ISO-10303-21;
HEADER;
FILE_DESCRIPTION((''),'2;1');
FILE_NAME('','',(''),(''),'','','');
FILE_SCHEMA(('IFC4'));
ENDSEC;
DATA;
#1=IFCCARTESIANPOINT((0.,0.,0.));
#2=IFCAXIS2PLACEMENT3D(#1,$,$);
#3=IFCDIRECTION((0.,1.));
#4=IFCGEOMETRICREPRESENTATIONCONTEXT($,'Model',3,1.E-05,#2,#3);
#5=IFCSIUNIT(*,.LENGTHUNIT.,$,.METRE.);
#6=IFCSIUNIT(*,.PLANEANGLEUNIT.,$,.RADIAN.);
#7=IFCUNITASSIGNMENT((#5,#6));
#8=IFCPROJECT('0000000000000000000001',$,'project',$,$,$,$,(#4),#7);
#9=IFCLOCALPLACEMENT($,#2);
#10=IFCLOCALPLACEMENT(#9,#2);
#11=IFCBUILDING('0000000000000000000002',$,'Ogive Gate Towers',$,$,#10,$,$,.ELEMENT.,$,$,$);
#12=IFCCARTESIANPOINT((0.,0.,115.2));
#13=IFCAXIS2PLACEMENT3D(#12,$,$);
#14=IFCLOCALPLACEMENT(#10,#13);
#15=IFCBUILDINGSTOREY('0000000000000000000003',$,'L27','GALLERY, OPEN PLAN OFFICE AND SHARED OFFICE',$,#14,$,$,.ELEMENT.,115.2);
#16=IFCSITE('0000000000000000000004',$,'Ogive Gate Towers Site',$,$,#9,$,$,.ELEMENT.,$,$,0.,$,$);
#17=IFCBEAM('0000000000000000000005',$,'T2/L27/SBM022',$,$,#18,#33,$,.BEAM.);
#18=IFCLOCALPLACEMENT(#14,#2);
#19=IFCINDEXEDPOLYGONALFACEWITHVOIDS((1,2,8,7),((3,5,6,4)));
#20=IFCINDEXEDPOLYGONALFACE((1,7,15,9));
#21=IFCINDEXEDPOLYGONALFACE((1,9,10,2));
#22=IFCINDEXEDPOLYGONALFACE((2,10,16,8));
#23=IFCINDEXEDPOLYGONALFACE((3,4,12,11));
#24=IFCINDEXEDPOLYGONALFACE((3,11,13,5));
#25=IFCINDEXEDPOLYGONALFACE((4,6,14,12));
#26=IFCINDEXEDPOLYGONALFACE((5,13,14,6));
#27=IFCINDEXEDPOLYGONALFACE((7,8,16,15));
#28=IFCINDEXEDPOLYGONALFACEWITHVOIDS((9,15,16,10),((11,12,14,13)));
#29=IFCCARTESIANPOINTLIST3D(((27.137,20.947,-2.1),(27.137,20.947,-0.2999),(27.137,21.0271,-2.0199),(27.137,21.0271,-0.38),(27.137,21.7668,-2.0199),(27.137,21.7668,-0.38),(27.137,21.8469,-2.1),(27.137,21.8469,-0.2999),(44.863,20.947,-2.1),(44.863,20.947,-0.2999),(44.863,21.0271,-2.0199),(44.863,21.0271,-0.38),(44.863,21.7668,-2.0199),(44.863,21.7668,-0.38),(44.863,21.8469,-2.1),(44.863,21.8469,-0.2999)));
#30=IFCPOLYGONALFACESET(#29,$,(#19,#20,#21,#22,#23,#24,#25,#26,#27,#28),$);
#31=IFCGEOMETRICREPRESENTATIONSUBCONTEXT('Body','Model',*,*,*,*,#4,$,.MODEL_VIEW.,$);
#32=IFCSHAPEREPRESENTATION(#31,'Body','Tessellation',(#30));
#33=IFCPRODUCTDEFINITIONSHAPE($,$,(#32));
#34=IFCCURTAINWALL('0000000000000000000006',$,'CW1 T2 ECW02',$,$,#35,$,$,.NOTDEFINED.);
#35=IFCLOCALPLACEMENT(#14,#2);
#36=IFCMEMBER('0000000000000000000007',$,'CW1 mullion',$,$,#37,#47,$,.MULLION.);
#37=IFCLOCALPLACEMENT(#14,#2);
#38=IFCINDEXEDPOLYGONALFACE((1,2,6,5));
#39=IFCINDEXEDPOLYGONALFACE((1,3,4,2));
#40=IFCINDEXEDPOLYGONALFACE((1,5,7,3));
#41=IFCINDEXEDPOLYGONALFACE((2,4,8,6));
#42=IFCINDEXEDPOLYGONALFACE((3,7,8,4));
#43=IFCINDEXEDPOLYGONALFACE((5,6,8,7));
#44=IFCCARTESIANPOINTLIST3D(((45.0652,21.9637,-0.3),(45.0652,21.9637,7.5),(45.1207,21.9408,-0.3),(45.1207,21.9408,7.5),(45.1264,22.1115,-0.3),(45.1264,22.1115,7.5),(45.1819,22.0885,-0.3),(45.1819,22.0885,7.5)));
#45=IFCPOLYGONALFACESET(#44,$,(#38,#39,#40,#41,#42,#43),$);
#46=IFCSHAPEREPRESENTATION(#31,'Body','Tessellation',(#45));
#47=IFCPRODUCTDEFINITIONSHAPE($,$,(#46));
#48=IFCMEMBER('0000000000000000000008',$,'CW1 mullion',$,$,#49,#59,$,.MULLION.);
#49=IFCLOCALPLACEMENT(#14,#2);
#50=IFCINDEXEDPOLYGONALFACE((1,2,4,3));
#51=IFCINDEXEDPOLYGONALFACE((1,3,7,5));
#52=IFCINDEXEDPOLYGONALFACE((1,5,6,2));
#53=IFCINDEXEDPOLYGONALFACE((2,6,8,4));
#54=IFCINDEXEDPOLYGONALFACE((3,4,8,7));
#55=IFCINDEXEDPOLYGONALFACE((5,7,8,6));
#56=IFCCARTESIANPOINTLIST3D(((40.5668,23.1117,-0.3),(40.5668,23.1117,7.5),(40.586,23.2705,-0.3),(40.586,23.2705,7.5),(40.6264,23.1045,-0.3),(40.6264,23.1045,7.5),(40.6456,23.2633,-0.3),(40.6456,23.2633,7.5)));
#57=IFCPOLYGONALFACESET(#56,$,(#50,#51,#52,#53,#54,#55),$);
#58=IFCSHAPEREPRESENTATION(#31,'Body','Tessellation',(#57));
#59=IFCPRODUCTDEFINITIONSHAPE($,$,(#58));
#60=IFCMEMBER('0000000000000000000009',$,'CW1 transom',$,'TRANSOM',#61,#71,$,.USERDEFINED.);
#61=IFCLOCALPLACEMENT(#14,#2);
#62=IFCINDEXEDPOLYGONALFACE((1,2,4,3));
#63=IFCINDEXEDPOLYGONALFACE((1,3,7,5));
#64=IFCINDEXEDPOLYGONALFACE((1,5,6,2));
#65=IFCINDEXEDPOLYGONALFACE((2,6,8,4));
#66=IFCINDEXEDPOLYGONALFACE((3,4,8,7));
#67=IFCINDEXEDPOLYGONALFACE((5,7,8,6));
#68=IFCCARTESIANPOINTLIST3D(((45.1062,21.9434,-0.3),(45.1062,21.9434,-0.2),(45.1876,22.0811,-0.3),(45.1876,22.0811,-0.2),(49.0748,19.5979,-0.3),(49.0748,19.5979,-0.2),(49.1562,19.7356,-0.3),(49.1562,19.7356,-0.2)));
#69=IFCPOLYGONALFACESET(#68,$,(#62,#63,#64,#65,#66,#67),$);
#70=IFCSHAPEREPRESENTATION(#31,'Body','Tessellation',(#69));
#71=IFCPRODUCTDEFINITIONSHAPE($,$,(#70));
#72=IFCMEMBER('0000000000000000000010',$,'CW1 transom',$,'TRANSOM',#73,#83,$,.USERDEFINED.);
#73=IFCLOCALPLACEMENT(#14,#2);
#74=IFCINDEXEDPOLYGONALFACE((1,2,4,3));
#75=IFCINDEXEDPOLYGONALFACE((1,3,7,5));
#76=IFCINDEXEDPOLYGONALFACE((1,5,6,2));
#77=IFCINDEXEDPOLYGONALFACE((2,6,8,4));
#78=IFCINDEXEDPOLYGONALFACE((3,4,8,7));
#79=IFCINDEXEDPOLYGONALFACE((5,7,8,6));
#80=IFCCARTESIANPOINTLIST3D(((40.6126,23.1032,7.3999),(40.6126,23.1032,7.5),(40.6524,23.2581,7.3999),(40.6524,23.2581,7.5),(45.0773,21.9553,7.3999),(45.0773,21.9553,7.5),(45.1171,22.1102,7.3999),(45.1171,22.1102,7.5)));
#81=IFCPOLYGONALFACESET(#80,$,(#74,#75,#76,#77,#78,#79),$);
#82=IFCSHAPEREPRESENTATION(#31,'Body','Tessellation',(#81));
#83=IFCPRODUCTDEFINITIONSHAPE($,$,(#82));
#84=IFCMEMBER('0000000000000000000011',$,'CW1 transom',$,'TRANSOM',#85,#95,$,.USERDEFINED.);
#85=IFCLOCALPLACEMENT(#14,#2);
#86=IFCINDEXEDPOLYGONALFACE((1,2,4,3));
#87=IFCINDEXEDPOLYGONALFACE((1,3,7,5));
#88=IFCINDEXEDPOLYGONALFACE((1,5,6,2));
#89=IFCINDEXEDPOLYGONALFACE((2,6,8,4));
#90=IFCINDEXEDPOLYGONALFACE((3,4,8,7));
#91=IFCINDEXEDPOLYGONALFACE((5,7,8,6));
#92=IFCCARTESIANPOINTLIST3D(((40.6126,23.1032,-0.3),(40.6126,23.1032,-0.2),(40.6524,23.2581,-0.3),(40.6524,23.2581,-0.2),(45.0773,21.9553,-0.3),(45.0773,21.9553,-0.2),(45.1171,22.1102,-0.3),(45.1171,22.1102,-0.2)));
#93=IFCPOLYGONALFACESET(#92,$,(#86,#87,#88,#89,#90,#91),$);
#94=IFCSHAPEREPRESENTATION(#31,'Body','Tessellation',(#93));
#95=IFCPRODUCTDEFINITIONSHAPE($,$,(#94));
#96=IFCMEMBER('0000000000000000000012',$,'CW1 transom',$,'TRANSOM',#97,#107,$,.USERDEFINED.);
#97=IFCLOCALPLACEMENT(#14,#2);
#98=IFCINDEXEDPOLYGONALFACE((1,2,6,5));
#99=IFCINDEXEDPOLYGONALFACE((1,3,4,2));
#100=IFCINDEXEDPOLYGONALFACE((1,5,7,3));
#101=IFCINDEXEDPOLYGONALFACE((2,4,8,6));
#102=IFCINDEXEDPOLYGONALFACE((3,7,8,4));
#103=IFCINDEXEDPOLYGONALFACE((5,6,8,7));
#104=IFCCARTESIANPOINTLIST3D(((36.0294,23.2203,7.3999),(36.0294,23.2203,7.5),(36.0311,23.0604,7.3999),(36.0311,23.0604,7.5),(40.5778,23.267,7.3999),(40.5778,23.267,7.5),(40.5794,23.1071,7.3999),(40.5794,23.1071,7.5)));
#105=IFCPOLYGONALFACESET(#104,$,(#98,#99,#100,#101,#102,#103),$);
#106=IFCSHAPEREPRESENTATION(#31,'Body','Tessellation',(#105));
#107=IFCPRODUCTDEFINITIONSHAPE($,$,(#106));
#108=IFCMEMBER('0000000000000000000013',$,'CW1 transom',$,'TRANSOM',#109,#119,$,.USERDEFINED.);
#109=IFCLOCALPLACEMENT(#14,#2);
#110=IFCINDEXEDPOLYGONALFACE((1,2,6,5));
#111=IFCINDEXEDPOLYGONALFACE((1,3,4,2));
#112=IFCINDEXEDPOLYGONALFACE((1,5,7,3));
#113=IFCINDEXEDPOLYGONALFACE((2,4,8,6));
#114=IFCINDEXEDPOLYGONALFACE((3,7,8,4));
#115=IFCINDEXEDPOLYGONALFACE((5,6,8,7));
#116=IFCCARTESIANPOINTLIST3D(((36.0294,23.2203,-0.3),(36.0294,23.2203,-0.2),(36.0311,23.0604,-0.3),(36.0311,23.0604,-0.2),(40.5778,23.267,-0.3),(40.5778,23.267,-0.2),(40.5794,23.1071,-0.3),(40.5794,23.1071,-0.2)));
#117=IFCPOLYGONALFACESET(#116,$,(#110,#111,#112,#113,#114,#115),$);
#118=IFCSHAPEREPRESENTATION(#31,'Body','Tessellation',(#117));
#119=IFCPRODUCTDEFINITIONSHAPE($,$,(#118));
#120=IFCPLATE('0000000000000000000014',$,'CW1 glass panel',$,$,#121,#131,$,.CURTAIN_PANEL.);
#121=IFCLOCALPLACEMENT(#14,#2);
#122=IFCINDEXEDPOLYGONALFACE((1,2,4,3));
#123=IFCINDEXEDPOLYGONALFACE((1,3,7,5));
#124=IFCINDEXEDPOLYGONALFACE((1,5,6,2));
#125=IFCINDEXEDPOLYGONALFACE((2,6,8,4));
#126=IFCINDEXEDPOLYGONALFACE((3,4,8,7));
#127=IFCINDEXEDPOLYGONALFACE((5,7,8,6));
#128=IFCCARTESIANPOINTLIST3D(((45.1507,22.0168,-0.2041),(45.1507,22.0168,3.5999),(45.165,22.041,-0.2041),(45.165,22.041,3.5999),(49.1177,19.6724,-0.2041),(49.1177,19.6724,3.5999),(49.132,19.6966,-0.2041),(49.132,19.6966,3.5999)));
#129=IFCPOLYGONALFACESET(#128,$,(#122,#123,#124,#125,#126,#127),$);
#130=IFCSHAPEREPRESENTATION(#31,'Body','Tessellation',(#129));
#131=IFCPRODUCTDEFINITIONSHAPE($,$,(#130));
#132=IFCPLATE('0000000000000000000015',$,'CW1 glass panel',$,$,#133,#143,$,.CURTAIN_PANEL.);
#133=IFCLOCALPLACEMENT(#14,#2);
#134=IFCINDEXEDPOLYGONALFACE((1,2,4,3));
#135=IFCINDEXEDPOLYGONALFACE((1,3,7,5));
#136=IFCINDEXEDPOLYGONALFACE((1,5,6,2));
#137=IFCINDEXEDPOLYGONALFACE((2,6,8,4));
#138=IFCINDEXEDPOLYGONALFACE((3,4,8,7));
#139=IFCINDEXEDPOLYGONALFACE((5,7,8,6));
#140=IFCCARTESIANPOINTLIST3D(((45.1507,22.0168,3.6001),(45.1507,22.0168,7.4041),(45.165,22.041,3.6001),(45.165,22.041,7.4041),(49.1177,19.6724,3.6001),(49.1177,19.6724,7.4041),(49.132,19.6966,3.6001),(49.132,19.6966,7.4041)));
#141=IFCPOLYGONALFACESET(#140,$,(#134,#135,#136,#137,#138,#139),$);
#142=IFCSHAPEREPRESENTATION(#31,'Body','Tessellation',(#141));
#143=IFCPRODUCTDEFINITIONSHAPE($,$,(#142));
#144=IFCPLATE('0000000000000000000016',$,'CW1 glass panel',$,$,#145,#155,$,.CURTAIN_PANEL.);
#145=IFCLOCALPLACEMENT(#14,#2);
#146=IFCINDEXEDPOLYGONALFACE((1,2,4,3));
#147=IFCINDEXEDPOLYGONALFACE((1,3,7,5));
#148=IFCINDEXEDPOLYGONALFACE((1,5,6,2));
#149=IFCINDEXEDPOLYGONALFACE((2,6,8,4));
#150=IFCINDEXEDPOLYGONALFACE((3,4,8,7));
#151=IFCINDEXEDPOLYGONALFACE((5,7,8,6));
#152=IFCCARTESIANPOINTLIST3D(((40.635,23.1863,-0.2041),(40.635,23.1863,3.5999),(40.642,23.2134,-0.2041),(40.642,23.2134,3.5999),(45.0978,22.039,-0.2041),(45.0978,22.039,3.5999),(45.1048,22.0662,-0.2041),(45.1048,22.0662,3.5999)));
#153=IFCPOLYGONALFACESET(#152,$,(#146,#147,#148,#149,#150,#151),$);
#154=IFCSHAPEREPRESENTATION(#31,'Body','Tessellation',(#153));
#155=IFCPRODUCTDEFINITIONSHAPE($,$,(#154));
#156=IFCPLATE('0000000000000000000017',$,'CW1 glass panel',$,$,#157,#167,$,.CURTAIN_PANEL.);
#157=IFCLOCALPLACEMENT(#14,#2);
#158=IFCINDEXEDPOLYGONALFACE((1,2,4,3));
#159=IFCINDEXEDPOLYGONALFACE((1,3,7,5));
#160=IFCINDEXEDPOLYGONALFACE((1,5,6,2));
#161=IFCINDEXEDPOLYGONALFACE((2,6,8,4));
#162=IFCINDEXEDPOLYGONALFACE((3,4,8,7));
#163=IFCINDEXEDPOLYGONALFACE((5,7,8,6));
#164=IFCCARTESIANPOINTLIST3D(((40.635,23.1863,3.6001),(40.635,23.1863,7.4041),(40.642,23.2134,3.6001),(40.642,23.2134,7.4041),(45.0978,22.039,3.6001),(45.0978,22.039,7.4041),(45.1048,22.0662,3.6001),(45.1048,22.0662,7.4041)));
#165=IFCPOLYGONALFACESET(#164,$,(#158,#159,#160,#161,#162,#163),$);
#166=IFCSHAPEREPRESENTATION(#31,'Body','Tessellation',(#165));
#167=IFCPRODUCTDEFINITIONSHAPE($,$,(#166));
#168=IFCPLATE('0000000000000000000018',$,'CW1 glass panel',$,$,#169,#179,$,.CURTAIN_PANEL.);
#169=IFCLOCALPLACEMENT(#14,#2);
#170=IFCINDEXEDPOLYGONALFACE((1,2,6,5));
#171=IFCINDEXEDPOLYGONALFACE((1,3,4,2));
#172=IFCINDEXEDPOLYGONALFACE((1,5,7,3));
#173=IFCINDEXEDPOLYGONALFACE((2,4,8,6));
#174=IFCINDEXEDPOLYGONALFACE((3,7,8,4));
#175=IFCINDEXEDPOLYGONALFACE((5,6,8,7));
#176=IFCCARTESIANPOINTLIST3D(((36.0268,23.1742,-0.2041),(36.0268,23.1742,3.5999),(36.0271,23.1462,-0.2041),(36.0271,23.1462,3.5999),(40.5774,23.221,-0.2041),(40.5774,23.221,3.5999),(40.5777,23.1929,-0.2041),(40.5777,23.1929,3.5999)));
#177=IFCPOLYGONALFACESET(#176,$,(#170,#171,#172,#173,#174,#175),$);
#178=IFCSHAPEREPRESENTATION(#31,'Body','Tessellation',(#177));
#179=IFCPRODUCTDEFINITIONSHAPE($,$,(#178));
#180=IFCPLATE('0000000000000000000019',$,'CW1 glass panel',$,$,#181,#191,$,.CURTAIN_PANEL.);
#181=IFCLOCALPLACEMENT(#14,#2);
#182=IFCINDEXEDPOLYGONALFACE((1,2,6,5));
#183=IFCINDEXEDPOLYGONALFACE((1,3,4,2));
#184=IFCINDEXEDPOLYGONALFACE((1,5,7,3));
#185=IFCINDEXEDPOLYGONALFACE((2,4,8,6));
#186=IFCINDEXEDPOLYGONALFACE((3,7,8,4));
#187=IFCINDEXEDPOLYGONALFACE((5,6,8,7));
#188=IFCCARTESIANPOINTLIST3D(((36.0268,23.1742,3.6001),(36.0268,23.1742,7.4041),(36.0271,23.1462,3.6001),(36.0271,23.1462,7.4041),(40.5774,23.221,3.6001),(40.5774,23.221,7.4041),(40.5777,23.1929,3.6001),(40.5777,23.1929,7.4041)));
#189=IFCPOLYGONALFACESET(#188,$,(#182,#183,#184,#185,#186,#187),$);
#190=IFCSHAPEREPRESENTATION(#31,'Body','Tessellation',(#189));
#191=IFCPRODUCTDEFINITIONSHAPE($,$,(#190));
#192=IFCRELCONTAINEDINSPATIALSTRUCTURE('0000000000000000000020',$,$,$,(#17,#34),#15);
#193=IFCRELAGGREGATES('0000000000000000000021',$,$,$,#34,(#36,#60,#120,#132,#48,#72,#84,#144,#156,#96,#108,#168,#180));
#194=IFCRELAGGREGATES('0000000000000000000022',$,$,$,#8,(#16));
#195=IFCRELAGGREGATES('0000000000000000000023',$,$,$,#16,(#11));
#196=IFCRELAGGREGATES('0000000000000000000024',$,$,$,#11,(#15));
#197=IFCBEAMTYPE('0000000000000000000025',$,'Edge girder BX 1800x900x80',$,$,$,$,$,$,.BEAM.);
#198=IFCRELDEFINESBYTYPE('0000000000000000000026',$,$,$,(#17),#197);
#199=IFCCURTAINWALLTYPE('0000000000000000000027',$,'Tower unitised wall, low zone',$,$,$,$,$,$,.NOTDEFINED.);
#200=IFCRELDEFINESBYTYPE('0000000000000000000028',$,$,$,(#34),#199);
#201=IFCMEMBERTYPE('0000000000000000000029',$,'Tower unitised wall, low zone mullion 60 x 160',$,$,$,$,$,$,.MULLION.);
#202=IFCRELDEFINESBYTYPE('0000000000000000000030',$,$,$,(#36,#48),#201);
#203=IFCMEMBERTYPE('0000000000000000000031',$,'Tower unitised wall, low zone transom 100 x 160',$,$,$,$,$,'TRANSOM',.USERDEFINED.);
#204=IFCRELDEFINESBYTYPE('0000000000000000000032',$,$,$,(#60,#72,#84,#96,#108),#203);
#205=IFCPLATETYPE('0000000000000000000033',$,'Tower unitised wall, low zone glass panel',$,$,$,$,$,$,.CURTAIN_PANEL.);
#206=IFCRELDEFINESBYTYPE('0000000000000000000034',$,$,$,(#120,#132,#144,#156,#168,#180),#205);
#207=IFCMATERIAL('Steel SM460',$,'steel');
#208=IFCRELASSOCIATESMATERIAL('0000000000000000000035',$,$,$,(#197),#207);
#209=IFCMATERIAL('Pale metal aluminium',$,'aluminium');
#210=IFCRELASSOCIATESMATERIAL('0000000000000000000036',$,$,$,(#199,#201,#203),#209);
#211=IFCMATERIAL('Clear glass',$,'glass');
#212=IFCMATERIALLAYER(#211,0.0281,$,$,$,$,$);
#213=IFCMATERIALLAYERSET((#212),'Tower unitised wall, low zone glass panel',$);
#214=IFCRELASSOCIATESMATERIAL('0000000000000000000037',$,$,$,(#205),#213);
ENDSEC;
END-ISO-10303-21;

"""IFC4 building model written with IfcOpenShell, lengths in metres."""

from ifc_helpers import new_model, si_unit, direction, frame, origin, origin_2d, place, context, subcontext, project, spatial, rectangle, hollow_rectangle, extrude, material, layer, layer_set, material_profile, profile_set, type_object, element, aggregate, save


model = new_model("IFC4")

# Units and contexts
model_context = context("Model", 3, precision=1e-05, world=origin(), true_north=direction((0.0, 1.0)))
body_context = subcontext(model_context, "Body", "Model", "MODEL_VIEW")
ifc_project = project(units=[si_unit("LENGTHUNIT", "METRE"), si_unit("PLANEANGLEUNIT", "RADIAN")], contexts=[model_context])

# Site, building, storey
site_placement = place(None, origin())
site = spatial("IfcSite", under=ifc_project, at=site_placement, Name="Ogive Gate Towers Site", CompositionType="ELEMENT", RefElevation=0.0)
building_placement = place(site_placement, origin())
building = spatial("IfcBuilding", under=site, at=building_placement, Name="Ogive Gate Towers", CompositionType="ELEMENT")
storey_placement = place(building_placement, frame((0.0, 0.0, 115.2)))
storey = spatial("IfcBuildingStorey", under=building, at=storey_placement, Name="L27", Description="GALLERY, OPEN PLAN OFFICE AND SHARED OFFICE", CompositionType="ELEMENT", Elevation=115.2)

# Beam
ifc_material_1 = material(Name="Steel SM460", Category="steel")
ifc_material_profile_1 = material_profile(ifc_material_1, hollow_rectangle(XDim=0.8999, YDim=1.8, WallThickness=0.0801, at=origin_2d()), Name="BX 1800x900x80")
ifc_profile_set_1 = profile_set([ifc_material_profile_1], Name="Steel SM460")
beam_type = type_object("IfcBeamType", Name="Edge girder BX 1800x900x80", PredefinedType="BEAM", material=ifc_profile_set_1)
beam_placement = place(storey_placement, frame((44.863, 21.397, -1.2), z_axis=(-1.0, 0.0, 0.0), x_axis=(0.0, -1.0, 0.0)))
element("IfcBeam", 1, at=beam_placement, inside=storey, type_object=beam_type, Name="T2/L27/SBM022", PredefinedType="BEAM", context=body_context, shape_type="SweptSolid", body=[
    extrude(hollow_rectangle(XDim=0.8999, YDim=1.8, WallThickness=0.0801, at=origin_2d()), origin(), (0.0, 0.0, 1.0), 17.7261),
])

# Curtain wall, members, plates
ifc_material_2 = material(Name="Pale metal aluminium", Category="aluminium")
curtain_wall_type = type_object("IfcCurtainWallType", Name="Tower unitised wall, low zone", PredefinedType="NOTDEFINED", material=ifc_material_2)
curtain_wall_placement = place(storey_placement, origin())
curtain_wall = element("IfcCurtainWall", 2, at=curtain_wall_placement, inside=storey, type_object=curtain_wall_type, Name="CW1 T2 ECW02", PredefinedType="NOTDEFINED")
ifc_material_profile_2 = material_profile(ifc_material_2, rectangle(XDim=0.1599, YDim=0.0601, at=origin_2d()), Name="60 x 160 aluminium box")
ifc_profile_set_2 = profile_set([ifc_material_profile_2], Name="Pale metal aluminium")
member_type_1 = type_object("IfcMemberType", Name="Tower unitised wall, low zone mullion 60 x 160", PredefinedType="MULLION", material=ifc_profile_set_2)
member_1_placement = place(storey_placement, frame((45.1235, 22.0261, -0.3), z_axis=(0.0, 0.0, 1.0), x_axis=(0.382683, 0.92388, 0.0)))
member_1 = element("IfcMember", 3, at=member_1_placement, type_object=member_type_1, Name="CW1 mullion", PredefinedType="MULLION", context=body_context, shape_type="SweptSolid", body=[
    extrude(rectangle(XDim=0.1599, YDim=0.0601, at=origin_2d()), origin(), (0.0, 0.0, 1.0), 7.8),
])
member_2_placement = place(storey_placement, frame((40.6062, 23.1875, -0.3), z_axis=(0.0, 0.0, 1.0), x_axis=(0.120379, 0.992728, 0.0)))
member_2 = element("IfcMember", 4, at=member_2_placement, type_object=member_type_1, Name="CW1 mullion", PredefinedType="MULLION", context=body_context, shape_type="SweptSolid", body=[
    extrude(rectangle(XDim=0.1599, YDim=0.0601, at=origin_2d()), origin(), (0.0, 0.0, 1.0), 7.8),
])
ifc_material_profile_3 = material_profile(ifc_material_2, rectangle(XDim=0.1599, YDim=0.1001, at=origin_2d()), Name="100 x 160 aluminium box")
ifc_profile_set_3 = profile_set([ifc_material_profile_3], Name="Pale metal aluminium")
member_type_2 = type_object("IfcMemberType", Name="Tower unitised wall, low zone transom 100 x 160", ElementType="TRANSOM", PredefinedType="USERDEFINED", material=ifc_profile_set_3)
member_3_placement = place(storey_placement, frame((49.1155, 19.6667, -0.25), z_axis=(-0.860885, 0.508799, 0.0), x_axis=(-0.508799, -0.860885, 0.0)))
member_3 = element("IfcMember", 5, at=member_3_placement, type_object=member_type_2, Name="CW1 transom", ObjectType="TRANSOM", PredefinedType="USERDEFINED", context=body_context, shape_type="SweptSolid", body=[
    extrude(rectangle(XDim=0.1599, YDim=0.1001, at=origin_2d()), origin(), (0.0, 0.0, 1.0), 4.6099),
])
member_4_placement = place(storey_placement, frame((45.0972, 22.0327, 7.45), z_axis=(-0.968498, 0.249023, 0.0), x_axis=(-0.249023, -0.968498, 0.0)))
member_4 = element("IfcMember", 6, at=member_4_placement, type_object=member_type_2, Name="CW1 transom", ObjectType="TRANSOM", PredefinedType="USERDEFINED", context=body_context, shape_type="SweptSolid", body=[
    extrude(rectangle(XDim=0.1599, YDim=0.1001, at=origin_2d()), origin(), (0.0, 0.0, 1.0), 4.6099),
])
member_5_placement = place(storey_placement, frame((45.0972, 22.0327, -0.25), z_axis=(-0.968498, 0.249023, 0.0), x_axis=(-0.249023, -0.968498, 0.0)))
member_5 = element("IfcMember", 7, at=member_5_placement, type_object=member_type_2, Name="CW1 transom", ObjectType="TRANSOM", PredefinedType="USERDEFINED", context=body_context, shape_type="SweptSolid", body=[
    extrude(rectangle(XDim=0.1599, YDim=0.1001, at=origin_2d()), origin(), (0.0, 0.0, 1.0), 4.6099),
])
member_6_placement = place(storey_placement, frame((40.5786, 23.187, 7.45), z_axis=(-0.999947, -0.010252, 0.0), x_axis=(0.010252, -0.999947, 0.0)))
member_6 = element("IfcMember", 8, at=member_6_placement, type_object=member_type_2, Name="CW1 transom", ObjectType="TRANSOM", PredefinedType="USERDEFINED", context=body_context, shape_type="SweptSolid", body=[
    extrude(rectangle(XDim=0.1599, YDim=0.1001, at=origin_2d()), origin(), (0.0, 0.0, 1.0), 4.5486),
])
member_7_placement = place(storey_placement, frame((40.5786, 23.187, -0.25), z_axis=(-0.999947, -0.010252, 0.0), x_axis=(0.010252, -0.999947, 0.0)))
member_7 = element("IfcMember", 9, at=member_7_placement, type_object=member_type_2, Name="CW1 transom", ObjectType="TRANSOM", PredefinedType="USERDEFINED", context=body_context, shape_type="SweptSolid", body=[
    extrude(rectangle(XDim=0.1599, YDim=0.1001, at=origin_2d()), origin(), (0.0, 0.0, 1.0), 4.5486),
])
ifc_material_3 = material(Name="Clear glass", Category="glass")
ifc_layer_1 = layer(ifc_material_3, 0.0281)
ifc_layer_set_1 = layer_set([ifc_layer_1], Name="Tower unitised wall, low zone glass panel")
plate_type = type_object("IfcPlateType", Name="Tower unitised wall, low zone glass panel", PredefinedType="CURTAIN_PANEL", material=ifc_layer_set_1)
plate_1_placement = place(storey_placement, frame((47.1414, 20.8567, -0.2041), z_axis=(0.0, 0.0, 1.0), x_axis=(-0.860902, 0.508771, 0.0)))
plate_1 = element("IfcPlate", 10, at=plate_1_placement, type_object=plate_type, Name="CW1 glass panel", PredefinedType="CURTAIN_PANEL", context=body_context, shape_type="SweptSolid", body=[
    extrude(rectangle(XDim=4.6079, YDim=0.0281, at=origin_2d()), origin(), (0.0, 0.0, 1.0), 3.804),
])
plate_2_placement = place(storey_placement, frame((47.1414, 20.8567, 3.6001), z_axis=(0.0, 0.0, 1.0), x_axis=(-0.860902, 0.508771, 0.0)))
plate_2 = element("IfcPlate", 11, at=plate_2_placement, type_object=plate_type, Name="CW1 glass panel", PredefinedType="CURTAIN_PANEL", context=body_context, shape_type="SweptSolid", body=[
    extrude(rectangle(XDim=4.6079, YDim=0.0281, at=origin_2d()), origin(), (0.0, 0.0, 1.0), 3.804),
])
plate_3_placement = place(storey_placement, frame((42.8699, 22.6262, -0.2041), z_axis=(0.0, 0.0, 1.0), x_axis=(-0.968509, 0.248977, 0.0)))
plate_3 = element("IfcPlate", 12, at=plate_3_placement, type_object=plate_type, Name="CW1 glass panel", PredefinedType="CURTAIN_PANEL", context=body_context, shape_type="SweptSolid", body=[
    extrude(rectangle(XDim=4.6079, YDim=0.0281, at=origin_2d()), origin(), (0.0, 0.0, 1.0), 3.804),
])
plate_4_placement = place(storey_placement, frame((42.8699, 22.6262, 3.6001), z_axis=(0.0, 0.0, 1.0), x_axis=(-0.968509, 0.248977, 0.0)))
plate_4 = element("IfcPlate", 13, at=plate_4_placement, type_object=plate_type, Name="CW1 glass panel", PredefinedType="CURTAIN_PANEL", context=body_context, shape_type="SweptSolid", body=[
    extrude(rectangle(XDim=4.6079, YDim=0.0281, at=origin_2d()), origin(), (0.0, 0.0, 1.0), 3.804),
])
plate_5_placement = place(storey_placement, frame((38.3022, 23.1836, -0.2041), z_axis=(0.0, 0.0, 1.0), x_axis=(-0.999947, -0.01028, 0.0)))
plate_5 = element("IfcPlate", 14, at=plate_5_placement, type_object=plate_type, Name="CW1 glass panel", PredefinedType="CURTAIN_PANEL", context=body_context, shape_type="SweptSolid", body=[
    extrude(rectangle(XDim=4.5508, YDim=0.0281, at=origin_2d()), origin(), (0.0, 0.0, 1.0), 3.804),
])
plate_6_placement = place(storey_placement, frame((38.3022, 23.1836, 3.6001), z_axis=(0.0, 0.0, 1.0), x_axis=(-0.999947, -0.01028, 0.0)))
plate_6 = element("IfcPlate", 15, at=plate_6_placement, type_object=plate_type, Name="CW1 glass panel", PredefinedType="CURTAIN_PANEL", context=body_context, shape_type="SweptSolid", body=[
    extrude(rectangle(XDim=4.5508, YDim=0.0281, at=origin_2d()), origin(), (0.0, 0.0, 1.0), 3.804),
])
aggregate(curtain_wall, [member_1, member_3, plate_1, plate_2, member_2, member_4, member_5, plate_3, plate_4, member_6, member_7, plate_5, plate_6])

save(model, "model.ifc")
